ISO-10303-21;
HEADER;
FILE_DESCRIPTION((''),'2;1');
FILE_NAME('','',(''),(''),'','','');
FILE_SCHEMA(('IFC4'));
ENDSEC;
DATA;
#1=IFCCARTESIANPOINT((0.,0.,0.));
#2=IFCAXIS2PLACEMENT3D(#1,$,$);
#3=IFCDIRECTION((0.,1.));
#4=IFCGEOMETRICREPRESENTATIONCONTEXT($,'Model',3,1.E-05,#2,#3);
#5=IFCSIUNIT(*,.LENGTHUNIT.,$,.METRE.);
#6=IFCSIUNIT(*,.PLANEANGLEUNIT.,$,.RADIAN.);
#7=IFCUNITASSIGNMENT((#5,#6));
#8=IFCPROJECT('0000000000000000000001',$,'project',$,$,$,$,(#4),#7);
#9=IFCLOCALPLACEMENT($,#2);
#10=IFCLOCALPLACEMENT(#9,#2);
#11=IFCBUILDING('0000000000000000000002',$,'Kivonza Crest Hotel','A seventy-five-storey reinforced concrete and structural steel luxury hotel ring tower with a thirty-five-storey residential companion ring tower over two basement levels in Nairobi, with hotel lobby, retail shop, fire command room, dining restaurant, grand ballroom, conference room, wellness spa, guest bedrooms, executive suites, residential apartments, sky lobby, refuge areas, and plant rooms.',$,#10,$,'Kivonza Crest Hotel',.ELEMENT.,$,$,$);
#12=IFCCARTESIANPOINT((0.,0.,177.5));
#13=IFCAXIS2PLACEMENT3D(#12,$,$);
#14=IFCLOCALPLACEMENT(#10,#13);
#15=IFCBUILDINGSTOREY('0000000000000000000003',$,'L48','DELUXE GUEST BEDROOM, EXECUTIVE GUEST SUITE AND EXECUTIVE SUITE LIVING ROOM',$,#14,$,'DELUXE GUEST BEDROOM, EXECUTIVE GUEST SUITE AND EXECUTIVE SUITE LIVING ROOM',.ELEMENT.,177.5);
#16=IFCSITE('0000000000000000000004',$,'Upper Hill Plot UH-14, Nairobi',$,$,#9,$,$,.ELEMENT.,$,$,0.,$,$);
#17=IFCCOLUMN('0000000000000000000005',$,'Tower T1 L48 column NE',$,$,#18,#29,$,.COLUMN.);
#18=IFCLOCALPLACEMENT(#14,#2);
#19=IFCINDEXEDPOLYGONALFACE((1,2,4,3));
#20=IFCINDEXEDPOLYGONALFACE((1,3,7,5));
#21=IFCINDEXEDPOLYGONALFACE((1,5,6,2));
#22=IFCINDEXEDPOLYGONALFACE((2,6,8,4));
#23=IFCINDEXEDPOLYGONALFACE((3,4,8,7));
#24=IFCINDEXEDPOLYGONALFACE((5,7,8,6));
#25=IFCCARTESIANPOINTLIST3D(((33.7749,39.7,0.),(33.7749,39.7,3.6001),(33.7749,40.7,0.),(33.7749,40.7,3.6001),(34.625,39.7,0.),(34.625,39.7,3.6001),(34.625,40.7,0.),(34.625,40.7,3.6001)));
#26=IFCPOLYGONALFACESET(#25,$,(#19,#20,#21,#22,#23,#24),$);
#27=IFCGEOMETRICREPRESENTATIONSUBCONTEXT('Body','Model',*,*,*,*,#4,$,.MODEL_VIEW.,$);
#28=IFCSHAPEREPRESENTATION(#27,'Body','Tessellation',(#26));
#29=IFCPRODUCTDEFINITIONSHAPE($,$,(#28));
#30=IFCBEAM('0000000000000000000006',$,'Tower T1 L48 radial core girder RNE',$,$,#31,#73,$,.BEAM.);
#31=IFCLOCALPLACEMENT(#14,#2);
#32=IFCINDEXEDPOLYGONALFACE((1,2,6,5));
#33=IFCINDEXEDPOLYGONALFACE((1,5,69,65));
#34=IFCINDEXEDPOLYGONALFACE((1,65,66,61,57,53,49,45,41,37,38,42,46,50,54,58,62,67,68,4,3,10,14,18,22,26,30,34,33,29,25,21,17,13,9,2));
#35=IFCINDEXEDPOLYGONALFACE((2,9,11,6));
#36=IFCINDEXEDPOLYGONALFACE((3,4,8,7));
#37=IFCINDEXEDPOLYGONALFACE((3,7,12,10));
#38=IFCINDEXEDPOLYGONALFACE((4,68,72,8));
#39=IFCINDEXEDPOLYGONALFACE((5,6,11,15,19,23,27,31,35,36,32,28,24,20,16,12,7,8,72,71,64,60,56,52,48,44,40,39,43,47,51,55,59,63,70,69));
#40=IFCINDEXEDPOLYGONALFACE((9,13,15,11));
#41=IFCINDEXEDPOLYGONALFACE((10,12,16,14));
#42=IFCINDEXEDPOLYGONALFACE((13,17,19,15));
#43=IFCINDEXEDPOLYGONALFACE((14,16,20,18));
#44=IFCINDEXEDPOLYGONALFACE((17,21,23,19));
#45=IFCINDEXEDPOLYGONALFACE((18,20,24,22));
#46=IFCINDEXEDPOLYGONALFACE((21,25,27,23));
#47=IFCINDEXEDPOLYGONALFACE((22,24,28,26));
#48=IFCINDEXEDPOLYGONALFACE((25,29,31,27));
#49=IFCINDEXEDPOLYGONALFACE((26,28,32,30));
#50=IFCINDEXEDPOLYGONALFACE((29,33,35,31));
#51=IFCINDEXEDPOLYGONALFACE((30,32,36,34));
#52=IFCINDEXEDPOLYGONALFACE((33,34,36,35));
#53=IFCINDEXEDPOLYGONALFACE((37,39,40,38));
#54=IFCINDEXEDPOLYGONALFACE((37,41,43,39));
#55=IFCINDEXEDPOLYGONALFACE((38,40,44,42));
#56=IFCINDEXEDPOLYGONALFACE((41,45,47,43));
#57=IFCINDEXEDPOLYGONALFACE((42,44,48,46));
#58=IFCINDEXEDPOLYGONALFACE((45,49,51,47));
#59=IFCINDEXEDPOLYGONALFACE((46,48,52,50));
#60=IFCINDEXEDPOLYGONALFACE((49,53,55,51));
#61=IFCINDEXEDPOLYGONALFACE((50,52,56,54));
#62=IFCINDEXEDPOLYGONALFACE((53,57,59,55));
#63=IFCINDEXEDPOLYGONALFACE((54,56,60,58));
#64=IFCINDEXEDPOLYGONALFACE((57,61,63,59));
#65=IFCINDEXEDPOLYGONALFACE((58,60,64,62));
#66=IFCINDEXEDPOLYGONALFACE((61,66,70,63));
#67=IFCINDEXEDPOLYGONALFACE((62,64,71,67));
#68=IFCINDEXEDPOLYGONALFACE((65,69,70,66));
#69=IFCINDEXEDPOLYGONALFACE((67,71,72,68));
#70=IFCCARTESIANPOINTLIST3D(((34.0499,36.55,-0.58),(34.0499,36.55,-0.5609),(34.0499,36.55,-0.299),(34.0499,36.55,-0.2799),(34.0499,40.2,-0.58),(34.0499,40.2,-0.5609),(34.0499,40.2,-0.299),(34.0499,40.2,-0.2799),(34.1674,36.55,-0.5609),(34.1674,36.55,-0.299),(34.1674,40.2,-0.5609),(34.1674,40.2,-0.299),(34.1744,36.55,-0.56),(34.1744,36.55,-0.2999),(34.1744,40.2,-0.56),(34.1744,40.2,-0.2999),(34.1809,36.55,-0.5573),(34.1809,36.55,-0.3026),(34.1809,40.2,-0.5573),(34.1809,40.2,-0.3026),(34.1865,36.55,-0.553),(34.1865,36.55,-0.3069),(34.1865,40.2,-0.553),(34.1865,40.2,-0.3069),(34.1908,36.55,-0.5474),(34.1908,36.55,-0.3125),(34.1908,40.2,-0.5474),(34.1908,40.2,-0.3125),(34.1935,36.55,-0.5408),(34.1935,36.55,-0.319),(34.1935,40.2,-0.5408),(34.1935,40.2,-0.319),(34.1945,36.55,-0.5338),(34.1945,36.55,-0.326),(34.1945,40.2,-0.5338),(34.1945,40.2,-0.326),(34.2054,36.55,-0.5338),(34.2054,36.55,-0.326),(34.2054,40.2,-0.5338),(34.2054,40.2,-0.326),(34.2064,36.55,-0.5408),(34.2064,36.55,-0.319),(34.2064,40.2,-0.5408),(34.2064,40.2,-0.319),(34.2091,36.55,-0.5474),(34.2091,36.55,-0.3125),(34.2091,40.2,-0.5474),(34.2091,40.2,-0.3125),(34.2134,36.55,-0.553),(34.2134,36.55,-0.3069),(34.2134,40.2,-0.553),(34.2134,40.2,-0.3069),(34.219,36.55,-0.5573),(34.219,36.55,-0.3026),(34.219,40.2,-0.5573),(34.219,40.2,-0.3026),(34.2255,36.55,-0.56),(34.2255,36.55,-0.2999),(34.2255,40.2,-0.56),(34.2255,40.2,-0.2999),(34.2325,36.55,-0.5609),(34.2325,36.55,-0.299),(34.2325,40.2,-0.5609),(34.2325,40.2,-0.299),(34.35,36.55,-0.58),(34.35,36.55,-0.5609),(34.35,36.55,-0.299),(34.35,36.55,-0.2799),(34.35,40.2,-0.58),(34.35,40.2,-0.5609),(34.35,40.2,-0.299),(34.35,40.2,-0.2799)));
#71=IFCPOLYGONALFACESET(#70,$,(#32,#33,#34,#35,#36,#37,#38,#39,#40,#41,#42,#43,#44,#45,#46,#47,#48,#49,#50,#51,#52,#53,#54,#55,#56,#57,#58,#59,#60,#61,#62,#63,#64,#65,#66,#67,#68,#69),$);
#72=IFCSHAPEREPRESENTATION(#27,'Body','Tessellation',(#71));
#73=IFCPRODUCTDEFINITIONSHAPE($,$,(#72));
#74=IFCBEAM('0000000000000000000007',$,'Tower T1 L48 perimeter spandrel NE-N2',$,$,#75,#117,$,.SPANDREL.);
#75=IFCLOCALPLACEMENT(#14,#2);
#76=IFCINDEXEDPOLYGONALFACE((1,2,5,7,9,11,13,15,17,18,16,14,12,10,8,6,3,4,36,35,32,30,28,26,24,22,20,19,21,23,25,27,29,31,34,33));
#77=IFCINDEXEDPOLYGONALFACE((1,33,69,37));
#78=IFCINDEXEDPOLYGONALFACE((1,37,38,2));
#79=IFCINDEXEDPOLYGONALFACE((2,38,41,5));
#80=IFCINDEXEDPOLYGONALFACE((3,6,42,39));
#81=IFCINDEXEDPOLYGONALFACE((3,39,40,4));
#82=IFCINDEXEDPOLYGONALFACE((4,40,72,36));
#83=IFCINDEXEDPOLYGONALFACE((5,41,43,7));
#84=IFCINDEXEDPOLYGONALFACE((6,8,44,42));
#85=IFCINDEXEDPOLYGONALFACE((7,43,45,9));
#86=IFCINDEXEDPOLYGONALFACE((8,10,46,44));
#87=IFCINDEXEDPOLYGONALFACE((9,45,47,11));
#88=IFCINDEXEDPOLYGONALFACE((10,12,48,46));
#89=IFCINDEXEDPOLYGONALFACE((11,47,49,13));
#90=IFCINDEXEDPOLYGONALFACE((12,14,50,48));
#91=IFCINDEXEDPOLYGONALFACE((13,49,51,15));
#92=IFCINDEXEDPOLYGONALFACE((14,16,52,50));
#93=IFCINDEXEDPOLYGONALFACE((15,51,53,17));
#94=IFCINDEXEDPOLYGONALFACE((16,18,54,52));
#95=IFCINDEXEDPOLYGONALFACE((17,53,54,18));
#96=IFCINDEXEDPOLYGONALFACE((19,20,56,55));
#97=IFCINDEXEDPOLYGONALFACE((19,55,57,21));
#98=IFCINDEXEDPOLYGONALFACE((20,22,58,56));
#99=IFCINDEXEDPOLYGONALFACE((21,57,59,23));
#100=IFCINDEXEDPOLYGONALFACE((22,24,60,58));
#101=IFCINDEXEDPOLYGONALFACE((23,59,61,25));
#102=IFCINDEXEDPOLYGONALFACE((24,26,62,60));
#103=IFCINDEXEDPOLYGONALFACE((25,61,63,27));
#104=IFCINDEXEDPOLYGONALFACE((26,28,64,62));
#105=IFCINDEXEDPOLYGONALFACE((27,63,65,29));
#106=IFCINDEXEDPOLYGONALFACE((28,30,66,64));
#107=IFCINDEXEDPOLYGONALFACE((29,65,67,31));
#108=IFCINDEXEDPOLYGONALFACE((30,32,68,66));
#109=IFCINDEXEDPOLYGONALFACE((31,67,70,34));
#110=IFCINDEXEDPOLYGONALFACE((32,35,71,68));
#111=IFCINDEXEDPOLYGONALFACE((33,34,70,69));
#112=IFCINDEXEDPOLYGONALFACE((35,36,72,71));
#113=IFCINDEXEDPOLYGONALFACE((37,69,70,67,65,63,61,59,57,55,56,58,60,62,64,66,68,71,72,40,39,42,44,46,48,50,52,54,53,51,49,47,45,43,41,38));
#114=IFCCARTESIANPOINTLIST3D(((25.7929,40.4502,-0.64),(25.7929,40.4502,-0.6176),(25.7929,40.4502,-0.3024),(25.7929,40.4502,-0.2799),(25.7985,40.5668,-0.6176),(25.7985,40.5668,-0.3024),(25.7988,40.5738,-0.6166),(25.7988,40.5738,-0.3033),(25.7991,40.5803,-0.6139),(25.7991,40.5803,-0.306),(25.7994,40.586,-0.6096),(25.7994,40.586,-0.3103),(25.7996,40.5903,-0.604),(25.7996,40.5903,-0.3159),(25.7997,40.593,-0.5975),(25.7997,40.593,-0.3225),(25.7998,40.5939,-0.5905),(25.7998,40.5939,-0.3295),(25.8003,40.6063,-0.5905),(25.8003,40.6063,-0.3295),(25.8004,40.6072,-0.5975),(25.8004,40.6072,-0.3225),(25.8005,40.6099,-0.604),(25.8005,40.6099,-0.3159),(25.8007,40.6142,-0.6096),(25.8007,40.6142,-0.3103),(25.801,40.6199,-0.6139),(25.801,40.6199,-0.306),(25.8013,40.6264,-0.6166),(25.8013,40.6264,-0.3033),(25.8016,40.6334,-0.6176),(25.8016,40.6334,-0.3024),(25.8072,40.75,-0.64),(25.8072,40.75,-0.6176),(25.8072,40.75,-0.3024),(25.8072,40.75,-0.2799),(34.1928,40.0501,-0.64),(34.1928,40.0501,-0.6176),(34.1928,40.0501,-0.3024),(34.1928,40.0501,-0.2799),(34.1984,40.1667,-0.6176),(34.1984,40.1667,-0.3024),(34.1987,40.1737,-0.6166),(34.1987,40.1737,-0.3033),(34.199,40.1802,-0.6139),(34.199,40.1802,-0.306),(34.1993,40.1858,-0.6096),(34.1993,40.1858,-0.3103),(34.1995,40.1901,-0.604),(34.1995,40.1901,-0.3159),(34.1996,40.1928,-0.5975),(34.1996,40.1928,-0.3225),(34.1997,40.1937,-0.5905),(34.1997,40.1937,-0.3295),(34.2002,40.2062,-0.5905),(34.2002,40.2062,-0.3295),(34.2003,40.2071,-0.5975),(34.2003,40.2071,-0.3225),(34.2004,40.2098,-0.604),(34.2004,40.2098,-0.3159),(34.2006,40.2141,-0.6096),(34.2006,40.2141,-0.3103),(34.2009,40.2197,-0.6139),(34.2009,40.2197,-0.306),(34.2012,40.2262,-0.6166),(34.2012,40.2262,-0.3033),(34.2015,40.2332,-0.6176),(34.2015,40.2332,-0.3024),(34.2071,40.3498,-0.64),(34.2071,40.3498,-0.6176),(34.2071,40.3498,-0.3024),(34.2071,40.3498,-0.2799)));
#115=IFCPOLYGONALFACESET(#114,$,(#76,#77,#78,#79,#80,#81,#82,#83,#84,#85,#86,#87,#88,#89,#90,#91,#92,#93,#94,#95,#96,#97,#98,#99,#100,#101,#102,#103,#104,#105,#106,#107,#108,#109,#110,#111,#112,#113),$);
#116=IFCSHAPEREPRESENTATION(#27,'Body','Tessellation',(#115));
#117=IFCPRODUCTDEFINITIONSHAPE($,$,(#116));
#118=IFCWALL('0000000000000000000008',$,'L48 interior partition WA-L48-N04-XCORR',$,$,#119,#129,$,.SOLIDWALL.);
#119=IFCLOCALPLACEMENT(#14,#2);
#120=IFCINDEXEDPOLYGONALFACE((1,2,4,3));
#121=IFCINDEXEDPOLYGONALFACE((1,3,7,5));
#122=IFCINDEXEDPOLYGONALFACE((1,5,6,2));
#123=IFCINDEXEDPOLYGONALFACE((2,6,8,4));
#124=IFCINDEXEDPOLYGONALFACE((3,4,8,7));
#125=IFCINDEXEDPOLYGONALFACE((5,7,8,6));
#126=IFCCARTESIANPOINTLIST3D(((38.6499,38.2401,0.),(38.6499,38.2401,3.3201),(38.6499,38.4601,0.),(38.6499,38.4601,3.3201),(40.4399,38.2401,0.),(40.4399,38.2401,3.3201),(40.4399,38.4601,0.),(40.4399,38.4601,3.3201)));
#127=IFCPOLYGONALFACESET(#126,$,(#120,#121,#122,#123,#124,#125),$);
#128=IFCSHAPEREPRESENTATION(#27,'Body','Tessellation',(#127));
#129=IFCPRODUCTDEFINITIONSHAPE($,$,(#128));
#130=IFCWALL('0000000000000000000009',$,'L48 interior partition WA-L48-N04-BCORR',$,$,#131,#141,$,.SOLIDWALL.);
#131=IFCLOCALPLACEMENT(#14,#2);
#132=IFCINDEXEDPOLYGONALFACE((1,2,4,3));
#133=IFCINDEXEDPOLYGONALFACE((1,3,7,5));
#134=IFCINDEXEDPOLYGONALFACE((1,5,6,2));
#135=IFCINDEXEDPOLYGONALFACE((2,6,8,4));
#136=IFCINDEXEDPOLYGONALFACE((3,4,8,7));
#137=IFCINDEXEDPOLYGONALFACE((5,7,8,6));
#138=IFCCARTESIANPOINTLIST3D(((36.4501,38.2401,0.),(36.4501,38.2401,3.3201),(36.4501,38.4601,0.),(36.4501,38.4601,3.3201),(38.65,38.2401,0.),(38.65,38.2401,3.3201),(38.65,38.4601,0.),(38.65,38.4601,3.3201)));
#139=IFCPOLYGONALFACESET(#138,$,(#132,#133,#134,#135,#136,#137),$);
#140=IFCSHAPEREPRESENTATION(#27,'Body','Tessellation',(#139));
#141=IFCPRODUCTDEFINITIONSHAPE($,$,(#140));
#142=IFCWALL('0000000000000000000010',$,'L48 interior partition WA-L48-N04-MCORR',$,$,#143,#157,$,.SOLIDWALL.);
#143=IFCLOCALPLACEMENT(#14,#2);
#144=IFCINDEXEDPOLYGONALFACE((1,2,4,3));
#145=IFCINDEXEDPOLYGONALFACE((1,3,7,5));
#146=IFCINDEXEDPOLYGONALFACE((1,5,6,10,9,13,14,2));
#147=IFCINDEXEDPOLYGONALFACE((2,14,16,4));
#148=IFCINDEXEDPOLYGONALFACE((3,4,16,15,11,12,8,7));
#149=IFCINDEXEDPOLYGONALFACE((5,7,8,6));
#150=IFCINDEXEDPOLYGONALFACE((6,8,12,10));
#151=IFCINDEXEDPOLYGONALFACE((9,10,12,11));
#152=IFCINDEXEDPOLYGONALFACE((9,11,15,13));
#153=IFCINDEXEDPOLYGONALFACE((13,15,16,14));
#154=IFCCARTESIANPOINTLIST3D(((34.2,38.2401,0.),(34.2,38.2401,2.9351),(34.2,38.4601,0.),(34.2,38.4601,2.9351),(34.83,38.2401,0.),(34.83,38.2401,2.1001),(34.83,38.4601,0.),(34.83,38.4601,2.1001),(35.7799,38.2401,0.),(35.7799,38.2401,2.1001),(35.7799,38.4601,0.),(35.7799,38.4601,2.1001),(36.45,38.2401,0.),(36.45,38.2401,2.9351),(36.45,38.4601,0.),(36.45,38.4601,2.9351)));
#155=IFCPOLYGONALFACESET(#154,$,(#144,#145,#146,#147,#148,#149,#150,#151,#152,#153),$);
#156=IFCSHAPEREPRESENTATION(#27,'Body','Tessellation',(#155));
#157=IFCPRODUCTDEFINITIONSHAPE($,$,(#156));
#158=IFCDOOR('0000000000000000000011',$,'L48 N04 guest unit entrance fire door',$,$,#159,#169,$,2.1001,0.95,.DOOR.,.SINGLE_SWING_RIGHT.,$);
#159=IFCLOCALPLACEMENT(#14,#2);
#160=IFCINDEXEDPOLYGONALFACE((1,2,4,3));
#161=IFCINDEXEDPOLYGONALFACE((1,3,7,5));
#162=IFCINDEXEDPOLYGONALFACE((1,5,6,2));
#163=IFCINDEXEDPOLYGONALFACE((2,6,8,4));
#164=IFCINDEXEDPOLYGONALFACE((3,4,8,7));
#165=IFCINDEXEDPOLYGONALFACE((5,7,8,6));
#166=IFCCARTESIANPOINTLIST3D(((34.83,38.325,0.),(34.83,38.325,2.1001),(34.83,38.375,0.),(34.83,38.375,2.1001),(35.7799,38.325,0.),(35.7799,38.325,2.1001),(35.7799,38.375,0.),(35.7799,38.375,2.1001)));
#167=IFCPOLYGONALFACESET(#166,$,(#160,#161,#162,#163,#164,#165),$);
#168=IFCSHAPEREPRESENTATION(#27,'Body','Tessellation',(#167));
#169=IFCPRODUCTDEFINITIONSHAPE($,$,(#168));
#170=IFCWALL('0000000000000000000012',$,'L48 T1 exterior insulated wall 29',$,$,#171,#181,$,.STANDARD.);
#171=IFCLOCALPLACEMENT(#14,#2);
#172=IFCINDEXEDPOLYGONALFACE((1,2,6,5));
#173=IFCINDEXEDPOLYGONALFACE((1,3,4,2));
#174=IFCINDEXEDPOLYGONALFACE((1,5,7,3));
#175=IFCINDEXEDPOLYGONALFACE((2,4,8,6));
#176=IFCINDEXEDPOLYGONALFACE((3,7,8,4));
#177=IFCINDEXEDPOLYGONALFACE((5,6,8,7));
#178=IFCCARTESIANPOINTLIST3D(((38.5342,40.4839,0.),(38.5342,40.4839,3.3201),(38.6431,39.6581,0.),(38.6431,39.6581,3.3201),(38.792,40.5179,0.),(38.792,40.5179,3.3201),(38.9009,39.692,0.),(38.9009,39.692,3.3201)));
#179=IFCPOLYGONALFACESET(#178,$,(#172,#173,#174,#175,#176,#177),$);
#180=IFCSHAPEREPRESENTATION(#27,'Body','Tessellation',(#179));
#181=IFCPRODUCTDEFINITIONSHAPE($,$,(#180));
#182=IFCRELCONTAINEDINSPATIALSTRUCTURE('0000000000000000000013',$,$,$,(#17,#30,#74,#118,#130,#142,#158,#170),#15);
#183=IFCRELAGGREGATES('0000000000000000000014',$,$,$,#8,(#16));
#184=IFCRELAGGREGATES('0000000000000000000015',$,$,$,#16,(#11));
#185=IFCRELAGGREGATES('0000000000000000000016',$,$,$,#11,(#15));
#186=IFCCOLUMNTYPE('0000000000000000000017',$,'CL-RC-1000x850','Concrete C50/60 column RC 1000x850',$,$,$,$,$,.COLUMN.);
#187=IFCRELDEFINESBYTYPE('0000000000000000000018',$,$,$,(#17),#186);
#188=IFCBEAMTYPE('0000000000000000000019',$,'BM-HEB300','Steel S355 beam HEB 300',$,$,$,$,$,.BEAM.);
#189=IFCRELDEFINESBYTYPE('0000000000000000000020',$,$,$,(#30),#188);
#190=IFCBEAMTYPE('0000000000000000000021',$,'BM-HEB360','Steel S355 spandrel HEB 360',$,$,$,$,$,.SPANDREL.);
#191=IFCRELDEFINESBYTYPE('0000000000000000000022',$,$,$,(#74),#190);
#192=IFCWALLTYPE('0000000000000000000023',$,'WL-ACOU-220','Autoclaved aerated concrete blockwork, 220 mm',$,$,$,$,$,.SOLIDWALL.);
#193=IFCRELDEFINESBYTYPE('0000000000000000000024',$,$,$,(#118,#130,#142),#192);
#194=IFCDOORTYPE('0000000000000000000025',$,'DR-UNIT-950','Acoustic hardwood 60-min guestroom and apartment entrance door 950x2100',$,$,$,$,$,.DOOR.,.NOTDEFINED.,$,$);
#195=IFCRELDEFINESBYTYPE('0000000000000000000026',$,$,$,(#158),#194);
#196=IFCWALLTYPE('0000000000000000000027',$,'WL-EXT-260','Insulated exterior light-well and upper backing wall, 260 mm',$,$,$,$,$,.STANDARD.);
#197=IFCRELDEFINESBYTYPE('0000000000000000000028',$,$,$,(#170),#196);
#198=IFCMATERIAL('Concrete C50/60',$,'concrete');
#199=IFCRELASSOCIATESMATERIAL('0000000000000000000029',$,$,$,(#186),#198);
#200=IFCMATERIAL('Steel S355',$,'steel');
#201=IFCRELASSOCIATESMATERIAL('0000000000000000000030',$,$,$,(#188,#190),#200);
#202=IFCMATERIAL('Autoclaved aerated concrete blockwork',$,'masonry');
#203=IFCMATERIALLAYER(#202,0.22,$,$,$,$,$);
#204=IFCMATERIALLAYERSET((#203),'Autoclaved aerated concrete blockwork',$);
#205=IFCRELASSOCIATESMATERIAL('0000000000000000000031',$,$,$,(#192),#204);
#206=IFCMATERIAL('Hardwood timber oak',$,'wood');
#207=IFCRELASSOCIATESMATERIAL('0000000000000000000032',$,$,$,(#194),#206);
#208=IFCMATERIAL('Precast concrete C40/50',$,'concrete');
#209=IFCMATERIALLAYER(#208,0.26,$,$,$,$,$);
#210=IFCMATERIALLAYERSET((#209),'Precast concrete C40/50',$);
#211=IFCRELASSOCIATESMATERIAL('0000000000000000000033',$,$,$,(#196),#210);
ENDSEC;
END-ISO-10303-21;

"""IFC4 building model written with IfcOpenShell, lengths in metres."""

from ifc_helpers import new_model, si_unit, direction, frame, frame_2d, origin, origin_2d, place, context, subcontext, project, spatial, rectangle, i_section, extrude, material, layer, layer_set, material_profile, profile_set, type_object, element, fill, save


model = new_model("IFC4")

# Units and contexts
model_context = context("Model", 3, precision=1e-05, world=origin(), true_north=direction((0.0, 1.0)))
body_context = subcontext(model_context, "Body", "Model", "MODEL_VIEW")
ifc_project = project(units=[si_unit("LENGTHUNIT", "METRE"), si_unit("PLANEANGLEUNIT", "RADIAN")], contexts=[model_context])

# Site, building, storey
site_placement = place(None, origin())
site = spatial("IfcSite", under=ifc_project, at=site_placement, Name="Upper Hill Plot UH-14, Nairobi", CompositionType="ELEMENT", RefElevation=0.0)
building_placement = place(site_placement, origin())
building = spatial("IfcBuilding", under=site, at=building_placement, Name="Kivonza Crest Hotel", Description="A seventy-five-storey reinforced concrete and structural steel luxury hotel ring tower with a thirty-five-storey residential companion ring tower over two basement levels in Nairobi, with hotel lobby, retail shop, fire command room, dining restaurant, grand ballroom, conference room, wellness spa, guest bedrooms, executive suites, residential apartments, sky lobby, refuge areas, and plant rooms.", LongName="Kivonza Crest Hotel", CompositionType="ELEMENT")
storey_placement = place(building_placement, frame((0.0, 0.0, 177.5)))
storey = spatial("IfcBuildingStorey", under=building, at=storey_placement, Name="L48", Description="DELUXE GUEST BEDROOM, EXECUTIVE GUEST SUITE AND EXECUTIVE SUITE LIVING ROOM", LongName="DELUXE GUEST BEDROOM, EXECUTIVE GUEST SUITE AND EXECUTIVE SUITE LIVING ROOM", CompositionType="ELEMENT", Elevation=177.5)

# Column
ifc_material_1 = material(Name="Concrete C50/60", Category="concrete")
ifc_material_profile_1 = material_profile(ifc_material_1, rectangle(XDim=0.8501, YDim=1.0, at=origin_2d()), Name="RC 1000x850")
ifc_profile_set_1 = profile_set([ifc_material_profile_1], Name="Concrete C50/60")
column_type = type_object("IfcColumnType", Name="CL-RC-1000x850", Description="Concrete C50/60 column RC 1000x850", PredefinedType="COLUMN", material=ifc_profile_set_1)
column_placement = place(storey_placement, frame((34.2, 40.2, 0.0), z_axis=(0.0, 0.0, 1.0), x_axis=(1.0, 0.0, 0.0)))
element("IfcColumn", 1, at=column_placement, inside=storey, type_object=column_type, Name="Tower T1 L48 column NE", PredefinedType="COLUMN", context=body_context, shape_type="SweptSolid", body=[
    extrude(rectangle(XDim=0.8501, YDim=1.0, at=origin_2d()), origin(), (0.0, 0.0, 1.0), 3.6001),
])

# Beams
ifc_material_2 = material(Name="Steel S355", Category="steel")
ifc_material_profile_2 = material_profile(ifc_material_2, i_section(OverallWidth=0.3, OverallDepth=0.3, WebThickness=0.011, FlangeThickness=0.019, FilletRadius=0.0271, at=origin_2d()), Name="HEB 300")
ifc_profile_set_2 = profile_set([ifc_material_profile_2], Name="Steel S355")
beam_type_1 = type_object("IfcBeamType", Name="BM-HEB300", Description="Steel S355 beam HEB 300", PredefinedType="BEAM", material=ifc_profile_set_2)
beam_1_placement = place(storey_placement, frame((34.2, 40.2, -0.4299), z_axis=(0.0, -1.0, 0.0), x_axis=(1.0, 0.0, 0.0)))
element("IfcBeam", 2, at=beam_1_placement, inside=storey, type_object=beam_type_1, Name="Tower T1 L48 radial core girder RNE", PredefinedType="BEAM", context=body_context, shape_type="SweptSolid", body=[
    extrude(i_section(OverallWidth=0.3, OverallDepth=0.3, WebThickness=0.011, FlangeThickness=0.019, FilletRadius=0.0271, at=origin_2d()), origin(), (0.0, 0.0, 1.0), 3.6499),
])
ifc_material_profile_3 = material_profile(ifc_material_2, i_section(OverallWidth=0.3, OverallDepth=0.3601, WebThickness=0.0125, FlangeThickness=0.0225, FilletRadius=0.0271, at=origin_2d()), Name="HEB 360")
ifc_profile_set_3 = profile_set([ifc_material_profile_3], Name="Steel S355")
beam_type_2 = type_object("IfcBeamType", Name="BM-HEB360", Description="Steel S355 spandrel HEB 360", PredefinedType="SPANDREL", material=ifc_profile_set_3)
beam_2_placement = place(storey_placement, frame((34.2, 40.2, -0.46), z_axis=(-0.998867, 0.047583, 0.0), x_axis=(-0.047583, -0.998867, 0.0)))
element("IfcBeam", 3, at=beam_2_placement, inside=storey, type_object=beam_type_2, Name="Tower T1 L48 perimeter spandrel NE-N2", PredefinedType="SPANDREL", context=body_context, shape_type="SweptSolid", body=[
    extrude(i_section(OverallWidth=0.3, OverallDepth=0.3601, WebThickness=0.0125, FlangeThickness=0.0225, FilletRadius=0.0271, at=origin_2d()), origin(), (0.0, 0.0, 1.0), 8.4094),
])

# Walls
ifc_material_3 = material(Name="Autoclaved aerated concrete blockwork", Category="masonry")
ifc_layer_1 = layer(ifc_material_3, 0.22)
ifc_layer_set_1 = layer_set([ifc_layer_1], Name="Autoclaved aerated concrete blockwork")
wall_type_1 = type_object("IfcWallType", Name="WL-ACOU-220", Description="Autoclaved aerated concrete blockwork, 220 mm", PredefinedType="SOLIDWALL", material=ifc_layer_set_1)
wall_1_placement = place(storey_placement, frame((38.6499, 38.3501, 0.0), z_axis=(0.0, 0.0, 1.0), x_axis=(1.0, 0.0, 0.0)))
element("IfcWall", 4, at=wall_1_placement, inside=storey, type_object=wall_type_1, Name="L48 interior partition WA-L48-N04-XCORR", PredefinedType="SOLIDWALL", context=body_context, shape_type="SweptSolid", body=[
    extrude(rectangle(XDim=1.79, YDim=0.22, at=frame_2d((0.895, 0.0))), origin(), (0.0, 0.0, 1.0), 3.3201),
])
wall_2_placement = place(storey_placement, frame((36.45, 38.3501, 0.0), z_axis=(0.0, 0.0, 1.0), x_axis=(1.0, 0.0, 0.0)))
element("IfcWall", 5, at=wall_2_placement, inside=storey, type_object=wall_type_1, Name="L48 interior partition WA-L48-N04-BCORR", PredefinedType="SOLIDWALL", context=body_context, shape_type="SweptSolid", body=[
    extrude(rectangle(XDim=2.2, YDim=0.22, at=frame_2d((1.1001, 0.0))), origin(), (0.0, 0.0, 1.0), 3.3201),
])

# Wall, opening, door
wall_3_placement = place(storey_placement, frame((34.2, 38.3501, 0.0), z_axis=(0.0, 0.0, 1.0), x_axis=(1.0, 0.0, 0.0)))
wall_3 = element("IfcWall", 6, at=wall_3_placement, inside=storey, type_object=wall_type_1, Name="L48 interior partition WA-L48-N04-MCORR", PredefinedType="SOLIDWALL", context=body_context, shape_type="SweptSolid", body=[
    extrude(rectangle(XDim=2.25, YDim=0.22, at=frame_2d((1.125, 0.0))), origin(), (0.0, 0.0, 1.0), 2.9351),
])
opening_1_placement = place(wall_3_placement, frame((0.6299, 0.0, 0.0)))
opening_1 = element("IfcOpeningElement", 7, at=opening_1_placement, cuts=wall_3, PredefinedType="OPENING", context=body_context, shape_type="SweptSolid", body=[
    extrude(rectangle(XDim=0.95, YDim=2.1001, at=frame_2d((0.4751, 1.05))), frame((0.0, 0.1201, 0.0), z_axis=(0.0, -1.0, 0.0), x_axis=(1.0, 0.0, 0.0)), (0.0, 0.0, 1.0), 0.24),
])
ifc_material_4 = material(Name="Hardwood timber oak", Category="wood")
door_type_1 = type_object("IfcDoorType", Name="DR-UNIT-950", Description="Acoustic hardwood 60-min guestroom and apartment entrance door 950x2100", OperationType="NOTDEFINED", PredefinedType="DOOR", material=ifc_material_4)
door_1_placement = place(opening_1_placement, origin())
door_1 = element("IfcDoor", 8, at=door_1_placement, inside=storey, type_object=door_type_1, Name="L48 N04 guest unit entrance fire door", OperationType="SINGLE_SWING_RIGHT", OverallHeight=2.1001, OverallWidth=0.95, PredefinedType="DOOR", context=body_context, shape_type="SweptSolid", body=[
    extrude(rectangle(XDim=0.95, YDim=2.1001, at=frame_2d((0.4751, 1.05))), frame((0.0, 0.0249, 0.0), z_axis=(0.0, -1.0, 0.0), x_axis=(1.0, 0.0, 0.0)), (0.0, 0.0, 1.0), 0.05),
])
fill(opening_1, door_1)

# Wall
ifc_material_5 = material(Name="Precast concrete C40/50", Category="concrete")
ifc_layer_2 = layer(ifc_material_5, 0.26)
ifc_layer_set_2 = layer_set([ifc_layer_2], Name="Precast concrete C40/50")
wall_type_2 = type_object("IfcWallType", Name="WL-EXT-260", Description="Insulated exterior light-well and upper backing wall, 260 mm", PredefinedType="STANDARD", material=ifc_layer_set_2)
wall_4_placement = place(storey_placement, frame((38.772, 39.675, 0.0), z_axis=(0.0, 0.0, 1.0), x_axis=(-0.130705, 0.991421, 0.0)))
element("IfcWall", 9, at=wall_4_placement, inside=storey, type_object=wall_type_2, Name="L48 T1 exterior insulated wall 29", PredefinedType="STANDARD", context=body_context, shape_type="SweptSolid", body=[
    extrude(rectangle(XDim=0.833, YDim=0.26, at=frame_2d((0.4165, 0.0))), origin(), (0.0, 0.0, 1.0), 3.3201),
])

save(model, "model.ifc")
